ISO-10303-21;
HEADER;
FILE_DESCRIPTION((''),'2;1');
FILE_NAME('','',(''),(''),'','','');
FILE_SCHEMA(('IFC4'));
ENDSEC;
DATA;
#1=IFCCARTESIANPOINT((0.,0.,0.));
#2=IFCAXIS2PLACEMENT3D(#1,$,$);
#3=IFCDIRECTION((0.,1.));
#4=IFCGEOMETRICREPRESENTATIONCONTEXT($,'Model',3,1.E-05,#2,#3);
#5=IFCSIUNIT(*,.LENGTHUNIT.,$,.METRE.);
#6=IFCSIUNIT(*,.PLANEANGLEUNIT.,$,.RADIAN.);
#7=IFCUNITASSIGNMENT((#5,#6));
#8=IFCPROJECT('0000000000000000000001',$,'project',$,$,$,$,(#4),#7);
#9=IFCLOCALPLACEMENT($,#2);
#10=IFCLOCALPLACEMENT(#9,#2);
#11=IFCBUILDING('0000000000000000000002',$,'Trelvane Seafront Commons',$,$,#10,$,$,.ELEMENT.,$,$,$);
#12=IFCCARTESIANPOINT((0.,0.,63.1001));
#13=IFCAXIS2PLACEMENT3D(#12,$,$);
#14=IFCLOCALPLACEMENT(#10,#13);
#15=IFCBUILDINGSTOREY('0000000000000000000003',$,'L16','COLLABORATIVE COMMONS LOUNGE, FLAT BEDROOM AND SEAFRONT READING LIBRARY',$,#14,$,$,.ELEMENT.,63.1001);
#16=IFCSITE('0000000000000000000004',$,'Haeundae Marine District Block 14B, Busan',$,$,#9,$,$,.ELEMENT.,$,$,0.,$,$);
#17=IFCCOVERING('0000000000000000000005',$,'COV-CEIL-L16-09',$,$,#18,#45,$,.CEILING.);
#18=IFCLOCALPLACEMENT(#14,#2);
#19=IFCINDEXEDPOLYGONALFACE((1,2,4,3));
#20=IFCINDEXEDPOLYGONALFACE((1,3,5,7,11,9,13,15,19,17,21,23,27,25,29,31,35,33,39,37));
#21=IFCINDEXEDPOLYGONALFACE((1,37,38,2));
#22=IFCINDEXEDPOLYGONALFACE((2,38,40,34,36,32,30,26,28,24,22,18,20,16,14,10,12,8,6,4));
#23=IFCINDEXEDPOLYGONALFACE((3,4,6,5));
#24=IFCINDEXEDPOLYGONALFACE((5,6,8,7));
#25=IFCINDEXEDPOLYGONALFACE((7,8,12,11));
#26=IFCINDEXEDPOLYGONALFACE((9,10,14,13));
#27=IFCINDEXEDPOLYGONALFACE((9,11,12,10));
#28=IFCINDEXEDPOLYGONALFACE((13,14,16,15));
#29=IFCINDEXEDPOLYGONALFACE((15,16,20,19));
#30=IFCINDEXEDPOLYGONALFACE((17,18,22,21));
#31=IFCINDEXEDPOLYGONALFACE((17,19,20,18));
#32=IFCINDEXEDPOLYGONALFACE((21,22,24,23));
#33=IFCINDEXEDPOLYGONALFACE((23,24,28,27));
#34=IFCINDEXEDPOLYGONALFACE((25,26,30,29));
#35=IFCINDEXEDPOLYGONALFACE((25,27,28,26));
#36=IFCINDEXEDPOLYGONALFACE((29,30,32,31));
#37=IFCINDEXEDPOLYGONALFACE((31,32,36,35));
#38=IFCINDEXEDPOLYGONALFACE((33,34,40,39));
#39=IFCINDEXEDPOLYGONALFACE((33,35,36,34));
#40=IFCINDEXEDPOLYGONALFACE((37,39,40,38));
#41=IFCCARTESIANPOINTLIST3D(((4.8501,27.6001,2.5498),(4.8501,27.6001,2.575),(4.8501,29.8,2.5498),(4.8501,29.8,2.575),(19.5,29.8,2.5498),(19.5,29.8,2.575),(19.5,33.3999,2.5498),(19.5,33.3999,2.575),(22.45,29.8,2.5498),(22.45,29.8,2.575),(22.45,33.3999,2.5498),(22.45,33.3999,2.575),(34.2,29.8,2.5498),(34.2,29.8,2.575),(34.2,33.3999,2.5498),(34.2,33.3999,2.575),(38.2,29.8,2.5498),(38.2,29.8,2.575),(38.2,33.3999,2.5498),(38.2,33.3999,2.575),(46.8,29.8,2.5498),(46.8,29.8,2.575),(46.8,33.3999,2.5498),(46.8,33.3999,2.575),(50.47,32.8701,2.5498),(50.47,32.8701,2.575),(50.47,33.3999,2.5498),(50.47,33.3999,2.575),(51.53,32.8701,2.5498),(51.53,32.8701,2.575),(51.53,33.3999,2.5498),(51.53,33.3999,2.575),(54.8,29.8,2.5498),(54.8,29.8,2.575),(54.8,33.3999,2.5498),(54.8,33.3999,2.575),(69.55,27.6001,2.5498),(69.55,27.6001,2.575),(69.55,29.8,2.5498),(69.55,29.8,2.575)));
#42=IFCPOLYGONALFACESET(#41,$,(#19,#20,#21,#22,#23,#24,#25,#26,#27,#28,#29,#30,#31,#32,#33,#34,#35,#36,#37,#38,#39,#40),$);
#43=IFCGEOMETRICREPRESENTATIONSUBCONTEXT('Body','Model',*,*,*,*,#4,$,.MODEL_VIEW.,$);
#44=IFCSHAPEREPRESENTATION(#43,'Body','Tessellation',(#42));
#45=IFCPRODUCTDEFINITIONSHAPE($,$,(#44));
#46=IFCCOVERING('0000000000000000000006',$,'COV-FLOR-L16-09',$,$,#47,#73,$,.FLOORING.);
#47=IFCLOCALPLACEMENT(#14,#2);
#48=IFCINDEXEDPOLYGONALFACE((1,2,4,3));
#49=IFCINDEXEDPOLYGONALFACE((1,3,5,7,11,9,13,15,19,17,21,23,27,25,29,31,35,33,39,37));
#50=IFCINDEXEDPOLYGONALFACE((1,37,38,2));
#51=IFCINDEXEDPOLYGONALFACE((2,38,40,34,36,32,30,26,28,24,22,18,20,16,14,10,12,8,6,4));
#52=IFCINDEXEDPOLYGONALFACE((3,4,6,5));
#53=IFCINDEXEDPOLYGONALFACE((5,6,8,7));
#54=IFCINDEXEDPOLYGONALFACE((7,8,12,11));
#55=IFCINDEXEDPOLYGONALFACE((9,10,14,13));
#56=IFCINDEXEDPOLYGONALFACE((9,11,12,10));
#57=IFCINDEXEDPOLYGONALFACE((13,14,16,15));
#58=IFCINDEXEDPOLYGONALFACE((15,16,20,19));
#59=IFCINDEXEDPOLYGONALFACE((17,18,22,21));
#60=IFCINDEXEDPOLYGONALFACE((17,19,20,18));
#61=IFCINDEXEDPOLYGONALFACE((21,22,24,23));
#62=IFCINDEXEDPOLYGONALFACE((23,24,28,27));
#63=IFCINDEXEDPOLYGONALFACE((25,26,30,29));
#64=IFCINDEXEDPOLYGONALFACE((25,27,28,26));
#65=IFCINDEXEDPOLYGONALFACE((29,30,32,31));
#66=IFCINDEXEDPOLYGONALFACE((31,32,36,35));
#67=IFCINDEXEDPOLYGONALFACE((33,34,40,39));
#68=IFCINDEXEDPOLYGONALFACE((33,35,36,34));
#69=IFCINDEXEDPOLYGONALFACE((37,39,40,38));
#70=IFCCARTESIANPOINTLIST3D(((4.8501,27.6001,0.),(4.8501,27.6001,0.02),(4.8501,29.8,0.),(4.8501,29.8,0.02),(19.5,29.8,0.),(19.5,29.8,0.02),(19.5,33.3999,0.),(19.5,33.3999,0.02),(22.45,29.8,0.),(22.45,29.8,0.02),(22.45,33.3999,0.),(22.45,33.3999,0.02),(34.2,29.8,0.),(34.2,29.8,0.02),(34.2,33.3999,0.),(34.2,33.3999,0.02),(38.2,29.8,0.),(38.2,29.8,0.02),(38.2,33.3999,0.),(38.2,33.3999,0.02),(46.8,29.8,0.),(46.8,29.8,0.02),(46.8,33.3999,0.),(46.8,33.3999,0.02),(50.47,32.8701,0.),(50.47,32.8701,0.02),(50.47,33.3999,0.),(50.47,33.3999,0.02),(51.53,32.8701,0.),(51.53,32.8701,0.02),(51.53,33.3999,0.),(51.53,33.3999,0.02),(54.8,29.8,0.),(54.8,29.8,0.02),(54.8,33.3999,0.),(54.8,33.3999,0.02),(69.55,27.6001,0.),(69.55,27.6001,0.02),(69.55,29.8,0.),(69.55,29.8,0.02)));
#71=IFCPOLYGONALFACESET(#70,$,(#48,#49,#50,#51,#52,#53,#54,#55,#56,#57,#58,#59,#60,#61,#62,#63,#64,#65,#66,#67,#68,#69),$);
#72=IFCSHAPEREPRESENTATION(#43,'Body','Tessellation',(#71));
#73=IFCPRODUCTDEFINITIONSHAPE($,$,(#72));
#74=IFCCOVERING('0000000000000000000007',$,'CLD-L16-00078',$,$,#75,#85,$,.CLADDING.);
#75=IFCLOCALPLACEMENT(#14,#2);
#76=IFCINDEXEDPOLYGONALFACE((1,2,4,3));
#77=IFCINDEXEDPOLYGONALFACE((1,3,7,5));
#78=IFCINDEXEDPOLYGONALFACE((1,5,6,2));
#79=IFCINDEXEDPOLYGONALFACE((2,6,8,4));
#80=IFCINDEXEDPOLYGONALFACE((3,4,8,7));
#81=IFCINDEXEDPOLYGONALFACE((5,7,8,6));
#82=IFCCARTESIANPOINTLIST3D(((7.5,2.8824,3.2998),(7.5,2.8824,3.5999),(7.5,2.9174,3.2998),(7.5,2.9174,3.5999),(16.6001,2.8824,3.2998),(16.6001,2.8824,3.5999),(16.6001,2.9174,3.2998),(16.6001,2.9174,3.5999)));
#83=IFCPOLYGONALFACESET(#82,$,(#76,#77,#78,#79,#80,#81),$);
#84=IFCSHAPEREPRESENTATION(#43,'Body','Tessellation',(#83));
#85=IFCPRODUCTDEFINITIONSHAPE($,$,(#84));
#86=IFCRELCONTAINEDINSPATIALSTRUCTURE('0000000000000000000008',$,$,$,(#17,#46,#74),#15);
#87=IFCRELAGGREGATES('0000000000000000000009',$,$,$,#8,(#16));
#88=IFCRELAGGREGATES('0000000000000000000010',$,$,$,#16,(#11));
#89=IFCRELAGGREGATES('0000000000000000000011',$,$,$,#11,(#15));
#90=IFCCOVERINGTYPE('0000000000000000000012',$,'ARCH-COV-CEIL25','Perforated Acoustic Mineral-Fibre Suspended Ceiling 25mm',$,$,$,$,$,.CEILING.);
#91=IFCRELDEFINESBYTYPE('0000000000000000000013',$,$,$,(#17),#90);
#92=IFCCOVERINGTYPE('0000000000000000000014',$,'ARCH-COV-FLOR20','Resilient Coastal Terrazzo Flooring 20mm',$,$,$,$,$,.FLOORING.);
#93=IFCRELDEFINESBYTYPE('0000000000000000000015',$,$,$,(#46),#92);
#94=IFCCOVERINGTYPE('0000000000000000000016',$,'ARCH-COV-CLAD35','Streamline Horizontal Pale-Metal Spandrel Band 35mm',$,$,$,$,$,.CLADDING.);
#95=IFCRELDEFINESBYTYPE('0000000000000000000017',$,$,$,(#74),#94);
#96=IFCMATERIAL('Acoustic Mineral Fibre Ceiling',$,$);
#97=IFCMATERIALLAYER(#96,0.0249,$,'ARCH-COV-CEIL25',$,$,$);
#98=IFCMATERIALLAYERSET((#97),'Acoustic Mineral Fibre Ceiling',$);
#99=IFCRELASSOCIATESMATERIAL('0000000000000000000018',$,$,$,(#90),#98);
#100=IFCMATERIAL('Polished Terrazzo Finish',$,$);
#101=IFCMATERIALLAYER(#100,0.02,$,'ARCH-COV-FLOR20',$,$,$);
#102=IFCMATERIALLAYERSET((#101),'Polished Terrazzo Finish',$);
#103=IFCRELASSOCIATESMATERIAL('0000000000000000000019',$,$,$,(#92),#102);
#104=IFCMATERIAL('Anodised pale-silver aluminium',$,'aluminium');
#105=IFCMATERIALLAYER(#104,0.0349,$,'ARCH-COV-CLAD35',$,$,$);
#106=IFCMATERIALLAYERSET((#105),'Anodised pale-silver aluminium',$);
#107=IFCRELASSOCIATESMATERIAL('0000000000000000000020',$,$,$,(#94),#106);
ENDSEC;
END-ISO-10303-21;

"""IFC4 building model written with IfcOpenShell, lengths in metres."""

from ifc_helpers import new_model, si_unit, direction, frame, origin, origin_2d, place, context, subcontext, project, spatial, polyline, rectangle, outline, extrude, source, transform, mapped, material, layer, layer_set, type_object, element, save


model = new_model("IFC4")

# Units and contexts
model_context = context("Model", 3, precision=1e-05, world=origin(), true_north=direction((0.0, 1.0)))
body_context = subcontext(model_context, "Body", "Model", "MODEL_VIEW")
ifc_project = project(units=[si_unit("LENGTHUNIT", "METRE"), si_unit("PLANEANGLEUNIT", "RADIAN")], contexts=[model_context])

# Site, building, storey
site_placement = place(None, origin())
site = spatial("IfcSite", under=ifc_project, at=site_placement, Name="Haeundae Marine District Block 14B, Busan", CompositionType="ELEMENT", RefElevation=0.0)
building_placement = place(site_placement, origin())
building = spatial("IfcBuilding", under=site, at=building_placement, Name="Trelvane Seafront Commons", CompositionType="ELEMENT")
storey_placement = place(building_placement, frame((0.0, 0.0, 63.1001)))
storey = spatial("IfcBuildingStorey", under=building, at=storey_placement, Name="L16", Description="COLLABORATIVE COMMONS LOUNGE, FLAT BEDROOM AND SEAFRONT READING LIBRARY", CompositionType="ELEMENT", Elevation=63.1001)

# Shared definitions
ifc_material_1 = material(Name="Anodised pale-silver aluminium", Category="aluminium")

# Coverings
ifc_material_2 = material(Name="Acoustic Mineral Fibre Ceiling")
ifc_layer_1 = layer(ifc_material_2, 0.0249, Name="ARCH-COV-CEIL25")
ifc_layer_set_1 = layer_set([ifc_layer_1], Name="Acoustic Mineral Fibre Ceiling")
covering_type_1 = type_object("IfcCoveringType", Name="ARCH-COV-CEIL25", Description="Perforated Acoustic Mineral-Fibre Suspended Ceiling 25mm", PredefinedType="CEILING", material=ifc_layer_set_1)
covering_1_placement = place(storey_placement, frame((0.0, 0.0, 2.5498)))
element("IfcCovering", 1, at=covering_1_placement, inside=storey, type_object=covering_type_1, Name="COV-CEIL-L16-09", PredefinedType="CEILING", context=body_context, shape_type="SweptSolid", body=[
    extrude(outline(polyline([(51.53, 33.3999), (51.53, 32.8701), (50.47, 32.8701), (50.47, 33.3999), (46.8, 33.3999), (46.8, 29.8), (38.2, 29.8), (38.2, 33.3999), (34.2, 33.3999), (34.2, 29.8), (22.45, 29.8), (22.45, 33.3999), (19.5, 33.3999), (19.5, 29.8), (4.8501, 29.8), (4.8501, 27.6001), (69.55, 27.6001), (69.55, 29.8), (54.8, 29.8), (54.8, 33.3999), (51.53, 33.3999)])), origin(), (0.0, 0.0, 1.0), 0.0251),
])
ifc_material_3 = material(Name="Polished Terrazzo Finish")
ifc_layer_2 = layer(ifc_material_3, 0.02, Name="ARCH-COV-FLOR20")
ifc_layer_set_2 = layer_set([ifc_layer_2], Name="Polished Terrazzo Finish")
covering_type_2 = type_object("IfcCoveringType", Name="ARCH-COV-FLOR20", Description="Resilient Coastal Terrazzo Flooring 20mm", PredefinedType="FLOORING", material=ifc_layer_set_2)
covering_2_placement = place(storey_placement, origin())
element("IfcCovering", 2, at=covering_2_placement, inside=storey, type_object=covering_type_2, Name="COV-FLOR-L16-09", PredefinedType="FLOORING", context=body_context, shape_type="SweptSolid", body=[
    extrude(outline(polyline([(51.53, 33.3999), (51.53, 32.8701), (50.47, 32.8701), (50.47, 33.3999), (46.8, 33.3999), (46.8, 29.8), (38.2, 29.8), (38.2, 33.3999), (34.2, 33.3999), (34.2, 29.8), (22.45, 29.8), (22.45, 33.3999), (19.5, 33.3999), (19.5, 29.8), (4.8501, 29.8), (4.8501, 27.6001), (69.55, 27.6001), (69.55, 29.8), (54.8, 29.8), (54.8, 33.3999), (51.53, 33.3999)])), origin(), (0.0, 0.0, 1.0), 0.02),
])
ifc_layer_3 = layer(ifc_material_1, 0.0349, Name="ARCH-COV-CLAD35")
ifc_layer_set_3 = layer_set([ifc_layer_3], Name="Anodised pale-silver aluminium")
covering_type_3 = type_object("IfcCoveringType", Name="ARCH-COV-CLAD35", Description="Streamline Horizontal Pale-Metal Spandrel Band 35mm", PredefinedType="CLADDING", material=ifc_layer_set_3)
shared_shape_1 = source(origin(), body_context, "Body", "SweptSolid", [
    extrude(rectangle(XDim=9.1001, YDim=0.0349, at=origin_2d()), origin(), (0.0, 0.0, 1.0), 0.3),
])
covering_3_placement = place(storey_placement, frame((12.05, 2.8999, 3.2998), z_axis=(0.0, 0.0, 1.0), x_axis=(-1.0, 0.0, 0.0)))
element("IfcCovering", 3, at=covering_3_placement, inside=storey, type_object=covering_type_3, Name="CLD-L16-00078", PredefinedType="CLADDING", context=body_context, shape_type="MappedRepresentation", body=[
    mapped(shared_shape_1, transform((0.0, 0.0, 0.0), x_axis=(1.0, 0.0, 0.0), y_axis=(0.0, 1.0, 0.0), z_axis=(0.0, 0.0, 1.0), scale=1.0)),
])

save(model, "model.ifc")
